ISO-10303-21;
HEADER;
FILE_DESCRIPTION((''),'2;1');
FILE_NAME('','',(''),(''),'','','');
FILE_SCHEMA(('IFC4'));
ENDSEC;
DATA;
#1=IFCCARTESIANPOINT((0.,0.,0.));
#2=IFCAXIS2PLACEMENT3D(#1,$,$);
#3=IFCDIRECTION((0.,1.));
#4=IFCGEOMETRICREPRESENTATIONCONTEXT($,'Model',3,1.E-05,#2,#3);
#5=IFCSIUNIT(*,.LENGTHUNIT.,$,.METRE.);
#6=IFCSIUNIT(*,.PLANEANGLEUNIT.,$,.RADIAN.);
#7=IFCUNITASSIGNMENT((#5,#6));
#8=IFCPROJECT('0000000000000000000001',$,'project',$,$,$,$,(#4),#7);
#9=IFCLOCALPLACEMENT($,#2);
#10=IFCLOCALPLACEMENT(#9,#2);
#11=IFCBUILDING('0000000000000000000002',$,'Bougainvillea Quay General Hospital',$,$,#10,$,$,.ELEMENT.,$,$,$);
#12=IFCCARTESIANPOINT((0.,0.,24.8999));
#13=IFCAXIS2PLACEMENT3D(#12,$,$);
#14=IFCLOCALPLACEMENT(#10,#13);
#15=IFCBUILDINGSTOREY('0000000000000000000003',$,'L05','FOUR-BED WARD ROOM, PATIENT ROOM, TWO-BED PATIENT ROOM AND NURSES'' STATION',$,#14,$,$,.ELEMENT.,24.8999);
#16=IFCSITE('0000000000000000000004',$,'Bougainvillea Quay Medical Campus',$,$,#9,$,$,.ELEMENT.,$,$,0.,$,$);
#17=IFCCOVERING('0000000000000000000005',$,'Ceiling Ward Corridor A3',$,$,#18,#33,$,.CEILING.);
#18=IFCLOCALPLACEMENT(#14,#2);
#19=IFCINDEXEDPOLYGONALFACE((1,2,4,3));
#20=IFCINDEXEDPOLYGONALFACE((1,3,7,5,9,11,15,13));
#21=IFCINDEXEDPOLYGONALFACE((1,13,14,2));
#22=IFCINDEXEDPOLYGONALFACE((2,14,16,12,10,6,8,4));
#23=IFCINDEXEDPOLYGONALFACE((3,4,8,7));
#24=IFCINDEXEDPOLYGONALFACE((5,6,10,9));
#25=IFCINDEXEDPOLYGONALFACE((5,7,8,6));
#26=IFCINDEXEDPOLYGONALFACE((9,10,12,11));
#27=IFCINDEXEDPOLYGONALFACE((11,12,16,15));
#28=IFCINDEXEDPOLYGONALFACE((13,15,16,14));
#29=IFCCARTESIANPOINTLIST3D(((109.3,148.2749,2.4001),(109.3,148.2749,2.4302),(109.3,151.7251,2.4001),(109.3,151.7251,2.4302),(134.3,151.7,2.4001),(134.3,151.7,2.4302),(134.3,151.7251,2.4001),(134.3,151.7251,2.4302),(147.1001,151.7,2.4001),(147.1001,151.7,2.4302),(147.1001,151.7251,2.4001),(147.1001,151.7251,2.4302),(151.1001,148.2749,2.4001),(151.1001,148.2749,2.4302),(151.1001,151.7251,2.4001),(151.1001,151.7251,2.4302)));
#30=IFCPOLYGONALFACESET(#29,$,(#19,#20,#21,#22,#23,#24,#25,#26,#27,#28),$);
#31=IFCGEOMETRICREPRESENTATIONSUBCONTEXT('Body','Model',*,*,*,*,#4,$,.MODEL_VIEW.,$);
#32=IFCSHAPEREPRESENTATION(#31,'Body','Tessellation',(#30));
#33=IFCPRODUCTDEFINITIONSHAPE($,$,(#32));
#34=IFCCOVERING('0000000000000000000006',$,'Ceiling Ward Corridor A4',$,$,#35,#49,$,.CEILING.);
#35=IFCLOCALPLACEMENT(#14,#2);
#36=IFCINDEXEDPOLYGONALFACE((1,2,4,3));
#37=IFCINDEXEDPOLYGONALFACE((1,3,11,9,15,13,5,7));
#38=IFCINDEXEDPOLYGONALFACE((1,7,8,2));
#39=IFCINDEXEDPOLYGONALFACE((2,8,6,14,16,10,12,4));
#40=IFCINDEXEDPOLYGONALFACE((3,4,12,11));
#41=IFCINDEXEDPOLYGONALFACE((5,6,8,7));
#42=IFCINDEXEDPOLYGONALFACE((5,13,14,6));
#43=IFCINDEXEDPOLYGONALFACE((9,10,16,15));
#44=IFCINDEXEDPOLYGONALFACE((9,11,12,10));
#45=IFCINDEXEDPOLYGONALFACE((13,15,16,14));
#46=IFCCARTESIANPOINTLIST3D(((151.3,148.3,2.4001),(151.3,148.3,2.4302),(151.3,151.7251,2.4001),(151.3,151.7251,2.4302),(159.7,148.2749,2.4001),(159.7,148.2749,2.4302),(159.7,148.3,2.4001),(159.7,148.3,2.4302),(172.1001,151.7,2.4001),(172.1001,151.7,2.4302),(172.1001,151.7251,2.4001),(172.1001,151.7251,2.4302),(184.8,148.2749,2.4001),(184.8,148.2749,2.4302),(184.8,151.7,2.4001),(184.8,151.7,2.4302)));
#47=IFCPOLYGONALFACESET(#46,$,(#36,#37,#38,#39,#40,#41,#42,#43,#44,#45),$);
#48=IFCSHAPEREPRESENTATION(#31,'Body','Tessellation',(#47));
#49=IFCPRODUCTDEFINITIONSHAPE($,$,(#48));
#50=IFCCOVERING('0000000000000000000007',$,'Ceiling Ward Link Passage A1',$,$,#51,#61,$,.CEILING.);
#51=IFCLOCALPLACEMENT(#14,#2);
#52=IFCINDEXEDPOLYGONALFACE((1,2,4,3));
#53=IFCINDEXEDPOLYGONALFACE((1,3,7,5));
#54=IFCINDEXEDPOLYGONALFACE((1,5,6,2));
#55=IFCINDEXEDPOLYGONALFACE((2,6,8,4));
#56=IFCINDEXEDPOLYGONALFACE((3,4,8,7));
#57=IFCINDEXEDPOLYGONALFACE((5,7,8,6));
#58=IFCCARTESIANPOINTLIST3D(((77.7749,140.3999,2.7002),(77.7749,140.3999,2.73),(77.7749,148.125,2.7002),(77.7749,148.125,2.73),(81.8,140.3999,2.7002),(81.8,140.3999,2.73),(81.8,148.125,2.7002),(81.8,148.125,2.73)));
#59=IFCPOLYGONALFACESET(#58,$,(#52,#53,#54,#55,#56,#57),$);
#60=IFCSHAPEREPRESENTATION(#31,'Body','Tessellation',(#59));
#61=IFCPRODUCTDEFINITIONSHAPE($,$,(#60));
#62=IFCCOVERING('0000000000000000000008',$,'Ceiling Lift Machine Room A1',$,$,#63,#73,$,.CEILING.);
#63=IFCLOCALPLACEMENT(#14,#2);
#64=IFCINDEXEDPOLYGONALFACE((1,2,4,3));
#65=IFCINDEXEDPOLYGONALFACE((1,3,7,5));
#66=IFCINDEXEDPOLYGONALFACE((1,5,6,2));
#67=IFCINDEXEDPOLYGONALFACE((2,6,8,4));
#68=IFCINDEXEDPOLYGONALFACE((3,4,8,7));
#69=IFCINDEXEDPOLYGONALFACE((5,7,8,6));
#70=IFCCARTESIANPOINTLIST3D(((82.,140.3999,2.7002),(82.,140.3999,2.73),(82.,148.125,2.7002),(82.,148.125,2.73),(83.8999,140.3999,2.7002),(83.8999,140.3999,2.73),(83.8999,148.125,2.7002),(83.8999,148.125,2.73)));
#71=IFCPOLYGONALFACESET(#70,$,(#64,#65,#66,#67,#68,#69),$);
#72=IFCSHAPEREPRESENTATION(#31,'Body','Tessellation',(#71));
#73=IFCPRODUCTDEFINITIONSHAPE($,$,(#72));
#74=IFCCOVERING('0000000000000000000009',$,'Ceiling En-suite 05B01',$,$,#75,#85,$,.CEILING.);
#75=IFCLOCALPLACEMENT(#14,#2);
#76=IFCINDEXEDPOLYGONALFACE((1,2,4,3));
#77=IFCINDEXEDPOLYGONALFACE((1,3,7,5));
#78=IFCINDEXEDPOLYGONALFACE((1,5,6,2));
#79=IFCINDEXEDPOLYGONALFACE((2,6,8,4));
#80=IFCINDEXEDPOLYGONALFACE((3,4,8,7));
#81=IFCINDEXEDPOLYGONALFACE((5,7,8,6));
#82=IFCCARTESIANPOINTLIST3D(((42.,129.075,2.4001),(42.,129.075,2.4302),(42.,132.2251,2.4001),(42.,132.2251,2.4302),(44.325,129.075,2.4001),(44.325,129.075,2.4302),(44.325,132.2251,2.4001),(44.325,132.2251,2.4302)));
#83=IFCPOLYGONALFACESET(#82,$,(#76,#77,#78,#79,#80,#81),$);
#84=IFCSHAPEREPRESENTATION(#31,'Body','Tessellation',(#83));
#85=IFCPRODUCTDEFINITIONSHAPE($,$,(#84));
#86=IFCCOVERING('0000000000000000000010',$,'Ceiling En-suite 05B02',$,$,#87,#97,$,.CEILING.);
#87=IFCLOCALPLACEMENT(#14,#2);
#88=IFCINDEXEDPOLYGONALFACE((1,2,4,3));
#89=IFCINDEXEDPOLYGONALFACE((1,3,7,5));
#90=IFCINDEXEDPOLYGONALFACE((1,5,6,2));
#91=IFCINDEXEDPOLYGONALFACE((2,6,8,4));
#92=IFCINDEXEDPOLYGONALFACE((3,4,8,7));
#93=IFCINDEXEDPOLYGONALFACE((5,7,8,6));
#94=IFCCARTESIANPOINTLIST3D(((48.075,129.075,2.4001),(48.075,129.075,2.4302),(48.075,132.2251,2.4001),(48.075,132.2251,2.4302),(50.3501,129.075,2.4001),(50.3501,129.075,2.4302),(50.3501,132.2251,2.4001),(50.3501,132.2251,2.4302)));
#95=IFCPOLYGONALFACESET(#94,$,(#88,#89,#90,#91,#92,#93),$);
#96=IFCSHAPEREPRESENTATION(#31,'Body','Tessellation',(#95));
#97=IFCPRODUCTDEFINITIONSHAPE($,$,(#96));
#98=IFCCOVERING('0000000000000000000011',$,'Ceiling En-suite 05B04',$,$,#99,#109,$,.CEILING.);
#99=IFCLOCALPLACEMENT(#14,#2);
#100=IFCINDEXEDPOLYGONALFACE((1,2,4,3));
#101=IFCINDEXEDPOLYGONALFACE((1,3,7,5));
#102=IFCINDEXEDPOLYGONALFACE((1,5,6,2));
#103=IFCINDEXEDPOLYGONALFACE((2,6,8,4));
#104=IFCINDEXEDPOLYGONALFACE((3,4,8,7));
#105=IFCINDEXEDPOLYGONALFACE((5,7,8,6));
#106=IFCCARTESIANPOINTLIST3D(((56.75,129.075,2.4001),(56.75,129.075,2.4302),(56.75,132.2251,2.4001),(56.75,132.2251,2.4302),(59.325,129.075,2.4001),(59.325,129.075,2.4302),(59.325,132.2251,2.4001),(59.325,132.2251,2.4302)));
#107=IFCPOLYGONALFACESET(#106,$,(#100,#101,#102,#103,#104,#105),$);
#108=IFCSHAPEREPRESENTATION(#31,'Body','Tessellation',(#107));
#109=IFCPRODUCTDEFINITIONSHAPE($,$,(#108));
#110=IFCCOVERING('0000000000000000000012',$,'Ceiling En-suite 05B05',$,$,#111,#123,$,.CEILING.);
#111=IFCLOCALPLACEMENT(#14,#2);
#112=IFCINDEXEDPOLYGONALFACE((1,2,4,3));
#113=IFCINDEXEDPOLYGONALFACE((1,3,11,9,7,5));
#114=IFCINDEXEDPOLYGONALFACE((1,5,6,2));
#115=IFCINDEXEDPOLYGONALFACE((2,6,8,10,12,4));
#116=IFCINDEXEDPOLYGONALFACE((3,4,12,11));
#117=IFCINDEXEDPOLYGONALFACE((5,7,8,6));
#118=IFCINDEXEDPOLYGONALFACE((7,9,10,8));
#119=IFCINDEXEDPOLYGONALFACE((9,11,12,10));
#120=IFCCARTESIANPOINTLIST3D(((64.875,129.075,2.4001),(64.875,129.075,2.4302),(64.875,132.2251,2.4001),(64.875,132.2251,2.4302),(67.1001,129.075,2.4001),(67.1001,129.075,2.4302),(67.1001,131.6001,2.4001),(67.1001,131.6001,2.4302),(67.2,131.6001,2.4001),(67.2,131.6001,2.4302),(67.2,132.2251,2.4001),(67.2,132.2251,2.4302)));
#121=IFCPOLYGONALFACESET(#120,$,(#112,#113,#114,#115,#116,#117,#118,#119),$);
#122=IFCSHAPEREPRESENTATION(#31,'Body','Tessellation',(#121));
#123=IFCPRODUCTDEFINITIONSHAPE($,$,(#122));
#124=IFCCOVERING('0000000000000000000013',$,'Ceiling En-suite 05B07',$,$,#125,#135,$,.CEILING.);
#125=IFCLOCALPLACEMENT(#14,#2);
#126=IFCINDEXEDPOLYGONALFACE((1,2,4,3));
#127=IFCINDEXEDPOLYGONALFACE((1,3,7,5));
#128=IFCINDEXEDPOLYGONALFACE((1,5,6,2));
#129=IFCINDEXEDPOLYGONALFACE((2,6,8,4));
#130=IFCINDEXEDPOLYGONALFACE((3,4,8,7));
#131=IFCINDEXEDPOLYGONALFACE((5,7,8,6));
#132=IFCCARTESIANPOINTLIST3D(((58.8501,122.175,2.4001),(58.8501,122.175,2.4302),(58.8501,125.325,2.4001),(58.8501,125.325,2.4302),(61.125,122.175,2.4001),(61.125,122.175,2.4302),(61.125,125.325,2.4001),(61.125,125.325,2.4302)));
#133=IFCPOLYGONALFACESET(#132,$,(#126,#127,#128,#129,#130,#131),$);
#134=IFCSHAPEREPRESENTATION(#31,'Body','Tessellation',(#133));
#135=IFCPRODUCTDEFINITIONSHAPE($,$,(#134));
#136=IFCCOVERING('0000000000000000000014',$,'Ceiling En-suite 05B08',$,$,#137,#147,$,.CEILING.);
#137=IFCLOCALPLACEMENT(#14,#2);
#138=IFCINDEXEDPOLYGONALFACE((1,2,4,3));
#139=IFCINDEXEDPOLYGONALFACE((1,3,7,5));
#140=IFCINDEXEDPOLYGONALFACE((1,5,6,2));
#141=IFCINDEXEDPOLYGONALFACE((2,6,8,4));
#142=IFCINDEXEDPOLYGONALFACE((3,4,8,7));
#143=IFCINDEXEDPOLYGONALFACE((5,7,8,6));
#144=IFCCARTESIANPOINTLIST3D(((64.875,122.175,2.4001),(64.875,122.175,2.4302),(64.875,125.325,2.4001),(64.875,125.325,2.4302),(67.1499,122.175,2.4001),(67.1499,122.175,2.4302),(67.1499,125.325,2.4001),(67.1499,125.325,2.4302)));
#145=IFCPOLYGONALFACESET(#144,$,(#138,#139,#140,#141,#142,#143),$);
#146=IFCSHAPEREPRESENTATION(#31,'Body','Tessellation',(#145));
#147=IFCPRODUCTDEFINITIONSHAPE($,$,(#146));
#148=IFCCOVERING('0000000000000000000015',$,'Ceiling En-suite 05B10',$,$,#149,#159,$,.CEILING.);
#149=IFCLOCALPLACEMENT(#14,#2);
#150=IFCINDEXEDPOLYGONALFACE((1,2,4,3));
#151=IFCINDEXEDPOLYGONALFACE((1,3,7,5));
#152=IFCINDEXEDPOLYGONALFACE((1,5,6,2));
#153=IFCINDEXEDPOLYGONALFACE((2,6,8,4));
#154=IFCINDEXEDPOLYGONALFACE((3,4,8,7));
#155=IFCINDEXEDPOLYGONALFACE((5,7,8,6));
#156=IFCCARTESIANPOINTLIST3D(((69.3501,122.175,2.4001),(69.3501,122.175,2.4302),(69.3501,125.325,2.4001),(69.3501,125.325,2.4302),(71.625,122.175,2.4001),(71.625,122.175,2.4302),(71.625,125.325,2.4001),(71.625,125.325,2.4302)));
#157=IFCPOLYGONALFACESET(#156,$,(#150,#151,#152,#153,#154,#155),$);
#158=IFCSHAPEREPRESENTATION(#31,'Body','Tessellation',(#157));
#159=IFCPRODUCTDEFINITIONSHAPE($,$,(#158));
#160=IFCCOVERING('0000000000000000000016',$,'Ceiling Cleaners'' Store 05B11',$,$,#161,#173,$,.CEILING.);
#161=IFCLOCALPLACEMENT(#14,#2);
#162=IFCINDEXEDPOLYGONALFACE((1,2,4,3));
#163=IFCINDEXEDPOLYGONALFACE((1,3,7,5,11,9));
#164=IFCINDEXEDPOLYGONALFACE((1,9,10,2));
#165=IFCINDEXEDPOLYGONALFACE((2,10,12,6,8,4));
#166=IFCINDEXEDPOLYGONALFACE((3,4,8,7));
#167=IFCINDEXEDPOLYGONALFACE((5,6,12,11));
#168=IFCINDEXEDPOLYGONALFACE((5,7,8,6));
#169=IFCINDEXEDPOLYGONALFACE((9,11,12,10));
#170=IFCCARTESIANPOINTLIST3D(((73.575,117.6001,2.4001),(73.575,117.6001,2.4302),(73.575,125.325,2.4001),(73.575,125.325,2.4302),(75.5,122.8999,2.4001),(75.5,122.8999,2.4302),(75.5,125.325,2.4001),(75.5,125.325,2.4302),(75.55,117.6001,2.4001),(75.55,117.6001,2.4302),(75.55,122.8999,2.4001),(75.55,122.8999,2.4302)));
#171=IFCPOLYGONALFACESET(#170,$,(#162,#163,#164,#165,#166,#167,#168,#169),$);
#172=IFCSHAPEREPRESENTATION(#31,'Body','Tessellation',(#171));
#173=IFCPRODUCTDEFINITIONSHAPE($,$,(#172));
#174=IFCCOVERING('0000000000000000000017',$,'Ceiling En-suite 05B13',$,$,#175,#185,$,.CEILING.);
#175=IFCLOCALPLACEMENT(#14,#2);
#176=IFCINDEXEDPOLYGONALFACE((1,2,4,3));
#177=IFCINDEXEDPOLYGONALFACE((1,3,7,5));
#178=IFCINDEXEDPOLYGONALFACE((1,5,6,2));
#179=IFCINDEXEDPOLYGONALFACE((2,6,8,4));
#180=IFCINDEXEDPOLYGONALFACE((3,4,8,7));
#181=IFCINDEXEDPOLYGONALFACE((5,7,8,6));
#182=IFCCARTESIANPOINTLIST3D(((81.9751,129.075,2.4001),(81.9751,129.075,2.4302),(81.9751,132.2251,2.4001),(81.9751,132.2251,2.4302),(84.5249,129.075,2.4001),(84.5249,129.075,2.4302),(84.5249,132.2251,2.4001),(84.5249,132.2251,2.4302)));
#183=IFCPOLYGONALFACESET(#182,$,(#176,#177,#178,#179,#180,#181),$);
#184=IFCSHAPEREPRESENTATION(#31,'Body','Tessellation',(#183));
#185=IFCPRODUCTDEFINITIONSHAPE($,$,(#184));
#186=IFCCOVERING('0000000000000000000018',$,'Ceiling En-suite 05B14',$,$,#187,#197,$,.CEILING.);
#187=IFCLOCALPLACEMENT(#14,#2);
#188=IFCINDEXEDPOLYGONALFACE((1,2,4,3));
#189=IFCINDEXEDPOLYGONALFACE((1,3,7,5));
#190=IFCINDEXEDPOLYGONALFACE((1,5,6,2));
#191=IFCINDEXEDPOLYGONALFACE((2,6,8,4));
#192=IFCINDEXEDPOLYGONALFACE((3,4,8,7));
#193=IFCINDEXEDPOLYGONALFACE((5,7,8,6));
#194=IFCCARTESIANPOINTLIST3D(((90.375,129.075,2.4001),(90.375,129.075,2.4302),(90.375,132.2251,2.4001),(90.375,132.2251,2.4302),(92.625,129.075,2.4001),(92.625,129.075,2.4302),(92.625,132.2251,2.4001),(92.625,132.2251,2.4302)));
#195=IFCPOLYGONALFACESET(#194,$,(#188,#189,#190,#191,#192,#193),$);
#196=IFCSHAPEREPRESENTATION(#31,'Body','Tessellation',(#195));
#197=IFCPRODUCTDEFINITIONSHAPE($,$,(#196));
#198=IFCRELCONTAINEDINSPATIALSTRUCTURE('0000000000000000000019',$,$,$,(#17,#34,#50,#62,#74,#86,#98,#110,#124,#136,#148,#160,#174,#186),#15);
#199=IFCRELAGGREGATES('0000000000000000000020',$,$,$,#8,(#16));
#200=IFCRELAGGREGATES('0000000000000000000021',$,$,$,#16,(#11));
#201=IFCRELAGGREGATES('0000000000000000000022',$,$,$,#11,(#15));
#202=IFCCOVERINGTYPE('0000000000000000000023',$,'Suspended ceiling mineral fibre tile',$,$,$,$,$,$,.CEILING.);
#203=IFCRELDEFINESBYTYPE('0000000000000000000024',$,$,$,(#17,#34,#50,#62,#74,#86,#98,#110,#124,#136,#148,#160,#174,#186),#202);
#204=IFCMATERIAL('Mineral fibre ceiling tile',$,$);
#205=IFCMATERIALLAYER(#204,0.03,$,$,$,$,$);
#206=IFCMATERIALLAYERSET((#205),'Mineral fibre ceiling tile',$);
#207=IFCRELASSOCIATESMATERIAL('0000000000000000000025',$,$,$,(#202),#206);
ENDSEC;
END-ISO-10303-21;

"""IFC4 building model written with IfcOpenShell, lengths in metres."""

from ifc_helpers import new_model, si_unit, direction, frame, origin, place, context, subcontext, project, spatial, polyline, outline, extrude, material, layer, layer_set, type_object, element, save


model = new_model("IFC4")

# Units and contexts
model_context = context("Model", 3, precision=1e-05, world=origin(), true_north=direction((0.0, 1.0)))
body_context = subcontext(model_context, "Body", "Model", "MODEL_VIEW")
ifc_project = project(units=[si_unit("LENGTHUNIT", "METRE"), si_unit("PLANEANGLEUNIT", "RADIAN")], contexts=[model_context])

# Site, building, storey
site_placement = place(None, origin())
site = spatial("IfcSite", under=ifc_project, at=site_placement, Name="Bougainvillea Quay Medical Campus", CompositionType="ELEMENT", RefElevation=0.0)
building_placement = place(site_placement, origin())
building = spatial("IfcBuilding", under=site, at=building_placement, Name="Bougainvillea Quay General Hospital", CompositionType="ELEMENT")
storey_placement = place(building_placement, frame((0.0, 0.0, 24.8999)))
storey = spatial("IfcBuildingStorey", under=building, at=storey_placement, Name="L05", Description="FOUR-BED WARD ROOM, PATIENT ROOM, TWO-BED PATIENT ROOM AND NURSES' STATION", CompositionType="ELEMENT", Elevation=24.8999)

# Coverings
ifc_material = material(Name="Mineral fibre ceiling tile")
ifc_layer = layer(ifc_material, 0.03)
ifc_layer_set = layer_set([ifc_layer], Name="Mineral fibre ceiling tile")
covering_type = type_object("IfcCoveringType", Name="Suspended ceiling mineral fibre tile", PredefinedType="CEILING", material=ifc_layer_set)
covering_1_placement = place(storey_placement, frame((0.0, 0.0, 2.4001)))
element("IfcCovering", 1, at=covering_1_placement, inside=storey, type_object=covering_type, Name="Ceiling Ward Corridor A3", PredefinedType="CEILING", context=body_context, shape_type="SweptSolid", body=[
    extrude(outline(polyline([(109.3, 148.2749), (151.1001, 148.2749), (151.1001, 151.7251), (147.1001, 151.7251), (147.1001, 151.7), (134.3, 151.7), (134.3, 151.7251), (109.3, 151.7251), (109.3, 148.2749)])), origin(), (0.0, 0.0, 1.0), 0.03),
])
covering_2_placement = place(storey_placement, frame((0.0, 0.0, 2.4001)))
element("IfcCovering", 2, at=covering_2_placement, inside=storey, type_object=covering_type, Name="Ceiling Ward Corridor A4", PredefinedType="CEILING", context=body_context, shape_type="SweptSolid", body=[
    extrude(outline(polyline([(184.8, 151.7), (172.1001, 151.7), (172.1001, 151.7251), (151.3, 151.7251), (151.3, 148.3), (159.7, 148.3), (159.7, 148.2749), (184.8, 148.2749), (184.8, 151.7)])), origin(), (0.0, 0.0, 1.0), 0.03),
])
covering_3_placement = place(storey_placement, frame((0.0, 0.0, 2.7002)))
element("IfcCovering", 3, at=covering_3_placement, inside=storey, type_object=covering_type, Name="Ceiling Ward Link Passage A1", PredefinedType="CEILING", context=body_context, shape_type="SweptSolid", body=[
    extrude(outline(polyline([(81.8, 140.3999), (81.8, 148.125), (77.7749, 148.125), (77.7749, 140.3999), (81.8, 140.3999)])), origin(), (0.0, 0.0, 1.0), 0.0298),
])
covering_4_placement = place(storey_placement, frame((0.0, 0.0, 2.7002)))
element("IfcCovering", 4, at=covering_4_placement, inside=storey, type_object=covering_type, Name="Ceiling Lift Machine Room A1", PredefinedType="CEILING", context=body_context, shape_type="SweptSolid", body=[
    extrude(outline(polyline([(83.8999, 140.3999), (83.8999, 148.125), (82.0, 148.125), (82.0, 140.3999), (83.8999, 140.3999)])), origin(), (0.0, 0.0, 1.0), 0.0298),
])
covering_5_placement = place(storey_placement, frame((0.0, 0.0, 2.4001)))
element("IfcCovering", 5, at=covering_5_placement, inside=storey, type_object=covering_type, Name="Ceiling En-suite 05B01", PredefinedType="CEILING", context=body_context, shape_type="SweptSolid", body=[
    extrude(outline(polyline([(42.0, 129.075), (44.325, 129.075), (44.325, 132.2251), (42.0, 132.2251), (42.0, 129.075)])), origin(), (0.0, 0.0, 1.0), 0.03),
])
covering_6_placement = place(storey_placement, frame((0.0, 0.0, 2.4001)))
element("IfcCovering", 6, at=covering_6_placement, inside=storey, type_object=covering_type, Name="Ceiling En-suite 05B02", PredefinedType="CEILING", context=body_context, shape_type="SweptSolid", body=[
    extrude(outline(polyline([(48.075, 132.2251), (48.075, 129.075), (50.3501, 129.075), (50.3501, 132.2251), (48.075, 132.2251)])), origin(), (0.0, 0.0, 1.0), 0.03),
])
covering_7_placement = place(storey_placement, frame((0.0, 0.0, 2.4001)))
element("IfcCovering", 7, at=covering_7_placement, inside=storey, type_object=covering_type, Name="Ceiling En-suite 05B04", PredefinedType="CEILING", context=body_context, shape_type="SweptSolid", body=[
    extrude(outline(polyline([(56.75, 129.075), (59.325, 129.075), (59.325, 132.2251), (56.75, 132.2251), (56.75, 129.075)])), origin(), (0.0, 0.0, 1.0), 0.03),
])
covering_8_placement = place(storey_placement, frame((0.0, 0.0, 2.4001)))
element("IfcCovering", 8, at=covering_8_placement, inside=storey, type_object=covering_type, Name="Ceiling En-suite 05B05", PredefinedType="CEILING", context=body_context, shape_type="SweptSolid", body=[
    extrude(outline(polyline([(67.2, 132.2251), (64.875, 132.2251), (64.875, 129.075), (67.1001, 129.075), (67.1001, 131.6001), (67.2, 131.6001), (67.2, 132.2251)])), origin(), (0.0, 0.0, 1.0), 0.03),
])
covering_9_placement = place(storey_placement, frame((0.0, 0.0, 2.4001)))
element("IfcCovering", 9, at=covering_9_placement, inside=storey, type_object=covering_type, Name="Ceiling En-suite 05B07", PredefinedType="CEILING", context=body_context, shape_type="SweptSolid", body=[
    extrude(outline(polyline([(58.8501, 122.175), (61.125, 122.175), (61.125, 125.325), (58.8501, 125.325), (58.8501, 122.175)])), origin(), (0.0, 0.0, 1.0), 0.03),
])
covering_10_placement = place(storey_placement, frame((0.0, 0.0, 2.4001)))
element("IfcCovering", 10, at=covering_10_placement, inside=storey, type_object=covering_type, Name="Ceiling En-suite 05B08", PredefinedType="CEILING", context=body_context, shape_type="SweptSolid", body=[
    extrude(outline(polyline([(64.875, 122.175), (67.1499, 122.175), (67.1499, 125.325), (64.875, 125.325), (64.875, 122.175)])), origin(), (0.0, 0.0, 1.0), 0.03),
])
covering_11_placement = place(storey_placement, frame((0.0, 0.0, 2.4001)))
element("IfcCovering", 11, at=covering_11_placement, inside=storey, type_object=covering_type, Name="Ceiling En-suite 05B10", PredefinedType="CEILING", context=body_context, shape_type="SweptSolid", body=[
    extrude(outline(polyline([(69.3501, 125.325), (69.3501, 122.175), (71.625, 122.175), (71.625, 125.325), (69.3501, 125.325)])), origin(), (0.0, 0.0, 1.0), 0.03),
])
covering_12_placement = place(storey_placement, frame((0.0, 0.0, 2.4001)))
element("IfcCovering", 12, at=covering_12_placement, inside=storey, type_object=covering_type, Name="Ceiling Cleaners' Store 05B11", PredefinedType="CEILING", context=body_context, shape_type="SweptSolid", body=[
    extrude(outline(polyline([(75.55, 117.6001), (75.55, 122.8999), (75.5, 122.8999), (75.5, 125.325), (73.575, 125.325), (73.575, 117.6001), (75.55, 117.6001)])), origin(), (0.0, 0.0, 1.0), 0.03),
])
covering_13_placement = place(storey_placement, frame((0.0, 0.0, 2.4001)))
element("IfcCovering", 13, at=covering_13_placement, inside=storey, type_object=covering_type, Name="Ceiling En-suite 05B13", PredefinedType="CEILING", context=body_context, shape_type="SweptSolid", body=[
    extrude(outline(polyline([(81.9751, 132.2251), (81.9751, 129.075), (84.5249, 129.075), (84.5249, 132.2251), (81.9751, 132.2251)])), origin(), (0.0, 0.0, 1.0), 0.03),
])
covering_14_placement = place(storey_placement, frame((0.0, 0.0, 2.4001)))
element("IfcCovering", 14, at=covering_14_placement, inside=storey, type_object=covering_type, Name="Ceiling En-suite 05B14", PredefinedType="CEILING", context=body_context, shape_type="SweptSolid", body=[
    extrude(outline(polyline([(92.625, 129.075), (92.625, 132.2251), (90.375, 132.2251), (90.375, 129.075), (92.625, 129.075)])), origin(), (0.0, 0.0, 1.0), 0.03),
])

save(model, "model.ifc")
